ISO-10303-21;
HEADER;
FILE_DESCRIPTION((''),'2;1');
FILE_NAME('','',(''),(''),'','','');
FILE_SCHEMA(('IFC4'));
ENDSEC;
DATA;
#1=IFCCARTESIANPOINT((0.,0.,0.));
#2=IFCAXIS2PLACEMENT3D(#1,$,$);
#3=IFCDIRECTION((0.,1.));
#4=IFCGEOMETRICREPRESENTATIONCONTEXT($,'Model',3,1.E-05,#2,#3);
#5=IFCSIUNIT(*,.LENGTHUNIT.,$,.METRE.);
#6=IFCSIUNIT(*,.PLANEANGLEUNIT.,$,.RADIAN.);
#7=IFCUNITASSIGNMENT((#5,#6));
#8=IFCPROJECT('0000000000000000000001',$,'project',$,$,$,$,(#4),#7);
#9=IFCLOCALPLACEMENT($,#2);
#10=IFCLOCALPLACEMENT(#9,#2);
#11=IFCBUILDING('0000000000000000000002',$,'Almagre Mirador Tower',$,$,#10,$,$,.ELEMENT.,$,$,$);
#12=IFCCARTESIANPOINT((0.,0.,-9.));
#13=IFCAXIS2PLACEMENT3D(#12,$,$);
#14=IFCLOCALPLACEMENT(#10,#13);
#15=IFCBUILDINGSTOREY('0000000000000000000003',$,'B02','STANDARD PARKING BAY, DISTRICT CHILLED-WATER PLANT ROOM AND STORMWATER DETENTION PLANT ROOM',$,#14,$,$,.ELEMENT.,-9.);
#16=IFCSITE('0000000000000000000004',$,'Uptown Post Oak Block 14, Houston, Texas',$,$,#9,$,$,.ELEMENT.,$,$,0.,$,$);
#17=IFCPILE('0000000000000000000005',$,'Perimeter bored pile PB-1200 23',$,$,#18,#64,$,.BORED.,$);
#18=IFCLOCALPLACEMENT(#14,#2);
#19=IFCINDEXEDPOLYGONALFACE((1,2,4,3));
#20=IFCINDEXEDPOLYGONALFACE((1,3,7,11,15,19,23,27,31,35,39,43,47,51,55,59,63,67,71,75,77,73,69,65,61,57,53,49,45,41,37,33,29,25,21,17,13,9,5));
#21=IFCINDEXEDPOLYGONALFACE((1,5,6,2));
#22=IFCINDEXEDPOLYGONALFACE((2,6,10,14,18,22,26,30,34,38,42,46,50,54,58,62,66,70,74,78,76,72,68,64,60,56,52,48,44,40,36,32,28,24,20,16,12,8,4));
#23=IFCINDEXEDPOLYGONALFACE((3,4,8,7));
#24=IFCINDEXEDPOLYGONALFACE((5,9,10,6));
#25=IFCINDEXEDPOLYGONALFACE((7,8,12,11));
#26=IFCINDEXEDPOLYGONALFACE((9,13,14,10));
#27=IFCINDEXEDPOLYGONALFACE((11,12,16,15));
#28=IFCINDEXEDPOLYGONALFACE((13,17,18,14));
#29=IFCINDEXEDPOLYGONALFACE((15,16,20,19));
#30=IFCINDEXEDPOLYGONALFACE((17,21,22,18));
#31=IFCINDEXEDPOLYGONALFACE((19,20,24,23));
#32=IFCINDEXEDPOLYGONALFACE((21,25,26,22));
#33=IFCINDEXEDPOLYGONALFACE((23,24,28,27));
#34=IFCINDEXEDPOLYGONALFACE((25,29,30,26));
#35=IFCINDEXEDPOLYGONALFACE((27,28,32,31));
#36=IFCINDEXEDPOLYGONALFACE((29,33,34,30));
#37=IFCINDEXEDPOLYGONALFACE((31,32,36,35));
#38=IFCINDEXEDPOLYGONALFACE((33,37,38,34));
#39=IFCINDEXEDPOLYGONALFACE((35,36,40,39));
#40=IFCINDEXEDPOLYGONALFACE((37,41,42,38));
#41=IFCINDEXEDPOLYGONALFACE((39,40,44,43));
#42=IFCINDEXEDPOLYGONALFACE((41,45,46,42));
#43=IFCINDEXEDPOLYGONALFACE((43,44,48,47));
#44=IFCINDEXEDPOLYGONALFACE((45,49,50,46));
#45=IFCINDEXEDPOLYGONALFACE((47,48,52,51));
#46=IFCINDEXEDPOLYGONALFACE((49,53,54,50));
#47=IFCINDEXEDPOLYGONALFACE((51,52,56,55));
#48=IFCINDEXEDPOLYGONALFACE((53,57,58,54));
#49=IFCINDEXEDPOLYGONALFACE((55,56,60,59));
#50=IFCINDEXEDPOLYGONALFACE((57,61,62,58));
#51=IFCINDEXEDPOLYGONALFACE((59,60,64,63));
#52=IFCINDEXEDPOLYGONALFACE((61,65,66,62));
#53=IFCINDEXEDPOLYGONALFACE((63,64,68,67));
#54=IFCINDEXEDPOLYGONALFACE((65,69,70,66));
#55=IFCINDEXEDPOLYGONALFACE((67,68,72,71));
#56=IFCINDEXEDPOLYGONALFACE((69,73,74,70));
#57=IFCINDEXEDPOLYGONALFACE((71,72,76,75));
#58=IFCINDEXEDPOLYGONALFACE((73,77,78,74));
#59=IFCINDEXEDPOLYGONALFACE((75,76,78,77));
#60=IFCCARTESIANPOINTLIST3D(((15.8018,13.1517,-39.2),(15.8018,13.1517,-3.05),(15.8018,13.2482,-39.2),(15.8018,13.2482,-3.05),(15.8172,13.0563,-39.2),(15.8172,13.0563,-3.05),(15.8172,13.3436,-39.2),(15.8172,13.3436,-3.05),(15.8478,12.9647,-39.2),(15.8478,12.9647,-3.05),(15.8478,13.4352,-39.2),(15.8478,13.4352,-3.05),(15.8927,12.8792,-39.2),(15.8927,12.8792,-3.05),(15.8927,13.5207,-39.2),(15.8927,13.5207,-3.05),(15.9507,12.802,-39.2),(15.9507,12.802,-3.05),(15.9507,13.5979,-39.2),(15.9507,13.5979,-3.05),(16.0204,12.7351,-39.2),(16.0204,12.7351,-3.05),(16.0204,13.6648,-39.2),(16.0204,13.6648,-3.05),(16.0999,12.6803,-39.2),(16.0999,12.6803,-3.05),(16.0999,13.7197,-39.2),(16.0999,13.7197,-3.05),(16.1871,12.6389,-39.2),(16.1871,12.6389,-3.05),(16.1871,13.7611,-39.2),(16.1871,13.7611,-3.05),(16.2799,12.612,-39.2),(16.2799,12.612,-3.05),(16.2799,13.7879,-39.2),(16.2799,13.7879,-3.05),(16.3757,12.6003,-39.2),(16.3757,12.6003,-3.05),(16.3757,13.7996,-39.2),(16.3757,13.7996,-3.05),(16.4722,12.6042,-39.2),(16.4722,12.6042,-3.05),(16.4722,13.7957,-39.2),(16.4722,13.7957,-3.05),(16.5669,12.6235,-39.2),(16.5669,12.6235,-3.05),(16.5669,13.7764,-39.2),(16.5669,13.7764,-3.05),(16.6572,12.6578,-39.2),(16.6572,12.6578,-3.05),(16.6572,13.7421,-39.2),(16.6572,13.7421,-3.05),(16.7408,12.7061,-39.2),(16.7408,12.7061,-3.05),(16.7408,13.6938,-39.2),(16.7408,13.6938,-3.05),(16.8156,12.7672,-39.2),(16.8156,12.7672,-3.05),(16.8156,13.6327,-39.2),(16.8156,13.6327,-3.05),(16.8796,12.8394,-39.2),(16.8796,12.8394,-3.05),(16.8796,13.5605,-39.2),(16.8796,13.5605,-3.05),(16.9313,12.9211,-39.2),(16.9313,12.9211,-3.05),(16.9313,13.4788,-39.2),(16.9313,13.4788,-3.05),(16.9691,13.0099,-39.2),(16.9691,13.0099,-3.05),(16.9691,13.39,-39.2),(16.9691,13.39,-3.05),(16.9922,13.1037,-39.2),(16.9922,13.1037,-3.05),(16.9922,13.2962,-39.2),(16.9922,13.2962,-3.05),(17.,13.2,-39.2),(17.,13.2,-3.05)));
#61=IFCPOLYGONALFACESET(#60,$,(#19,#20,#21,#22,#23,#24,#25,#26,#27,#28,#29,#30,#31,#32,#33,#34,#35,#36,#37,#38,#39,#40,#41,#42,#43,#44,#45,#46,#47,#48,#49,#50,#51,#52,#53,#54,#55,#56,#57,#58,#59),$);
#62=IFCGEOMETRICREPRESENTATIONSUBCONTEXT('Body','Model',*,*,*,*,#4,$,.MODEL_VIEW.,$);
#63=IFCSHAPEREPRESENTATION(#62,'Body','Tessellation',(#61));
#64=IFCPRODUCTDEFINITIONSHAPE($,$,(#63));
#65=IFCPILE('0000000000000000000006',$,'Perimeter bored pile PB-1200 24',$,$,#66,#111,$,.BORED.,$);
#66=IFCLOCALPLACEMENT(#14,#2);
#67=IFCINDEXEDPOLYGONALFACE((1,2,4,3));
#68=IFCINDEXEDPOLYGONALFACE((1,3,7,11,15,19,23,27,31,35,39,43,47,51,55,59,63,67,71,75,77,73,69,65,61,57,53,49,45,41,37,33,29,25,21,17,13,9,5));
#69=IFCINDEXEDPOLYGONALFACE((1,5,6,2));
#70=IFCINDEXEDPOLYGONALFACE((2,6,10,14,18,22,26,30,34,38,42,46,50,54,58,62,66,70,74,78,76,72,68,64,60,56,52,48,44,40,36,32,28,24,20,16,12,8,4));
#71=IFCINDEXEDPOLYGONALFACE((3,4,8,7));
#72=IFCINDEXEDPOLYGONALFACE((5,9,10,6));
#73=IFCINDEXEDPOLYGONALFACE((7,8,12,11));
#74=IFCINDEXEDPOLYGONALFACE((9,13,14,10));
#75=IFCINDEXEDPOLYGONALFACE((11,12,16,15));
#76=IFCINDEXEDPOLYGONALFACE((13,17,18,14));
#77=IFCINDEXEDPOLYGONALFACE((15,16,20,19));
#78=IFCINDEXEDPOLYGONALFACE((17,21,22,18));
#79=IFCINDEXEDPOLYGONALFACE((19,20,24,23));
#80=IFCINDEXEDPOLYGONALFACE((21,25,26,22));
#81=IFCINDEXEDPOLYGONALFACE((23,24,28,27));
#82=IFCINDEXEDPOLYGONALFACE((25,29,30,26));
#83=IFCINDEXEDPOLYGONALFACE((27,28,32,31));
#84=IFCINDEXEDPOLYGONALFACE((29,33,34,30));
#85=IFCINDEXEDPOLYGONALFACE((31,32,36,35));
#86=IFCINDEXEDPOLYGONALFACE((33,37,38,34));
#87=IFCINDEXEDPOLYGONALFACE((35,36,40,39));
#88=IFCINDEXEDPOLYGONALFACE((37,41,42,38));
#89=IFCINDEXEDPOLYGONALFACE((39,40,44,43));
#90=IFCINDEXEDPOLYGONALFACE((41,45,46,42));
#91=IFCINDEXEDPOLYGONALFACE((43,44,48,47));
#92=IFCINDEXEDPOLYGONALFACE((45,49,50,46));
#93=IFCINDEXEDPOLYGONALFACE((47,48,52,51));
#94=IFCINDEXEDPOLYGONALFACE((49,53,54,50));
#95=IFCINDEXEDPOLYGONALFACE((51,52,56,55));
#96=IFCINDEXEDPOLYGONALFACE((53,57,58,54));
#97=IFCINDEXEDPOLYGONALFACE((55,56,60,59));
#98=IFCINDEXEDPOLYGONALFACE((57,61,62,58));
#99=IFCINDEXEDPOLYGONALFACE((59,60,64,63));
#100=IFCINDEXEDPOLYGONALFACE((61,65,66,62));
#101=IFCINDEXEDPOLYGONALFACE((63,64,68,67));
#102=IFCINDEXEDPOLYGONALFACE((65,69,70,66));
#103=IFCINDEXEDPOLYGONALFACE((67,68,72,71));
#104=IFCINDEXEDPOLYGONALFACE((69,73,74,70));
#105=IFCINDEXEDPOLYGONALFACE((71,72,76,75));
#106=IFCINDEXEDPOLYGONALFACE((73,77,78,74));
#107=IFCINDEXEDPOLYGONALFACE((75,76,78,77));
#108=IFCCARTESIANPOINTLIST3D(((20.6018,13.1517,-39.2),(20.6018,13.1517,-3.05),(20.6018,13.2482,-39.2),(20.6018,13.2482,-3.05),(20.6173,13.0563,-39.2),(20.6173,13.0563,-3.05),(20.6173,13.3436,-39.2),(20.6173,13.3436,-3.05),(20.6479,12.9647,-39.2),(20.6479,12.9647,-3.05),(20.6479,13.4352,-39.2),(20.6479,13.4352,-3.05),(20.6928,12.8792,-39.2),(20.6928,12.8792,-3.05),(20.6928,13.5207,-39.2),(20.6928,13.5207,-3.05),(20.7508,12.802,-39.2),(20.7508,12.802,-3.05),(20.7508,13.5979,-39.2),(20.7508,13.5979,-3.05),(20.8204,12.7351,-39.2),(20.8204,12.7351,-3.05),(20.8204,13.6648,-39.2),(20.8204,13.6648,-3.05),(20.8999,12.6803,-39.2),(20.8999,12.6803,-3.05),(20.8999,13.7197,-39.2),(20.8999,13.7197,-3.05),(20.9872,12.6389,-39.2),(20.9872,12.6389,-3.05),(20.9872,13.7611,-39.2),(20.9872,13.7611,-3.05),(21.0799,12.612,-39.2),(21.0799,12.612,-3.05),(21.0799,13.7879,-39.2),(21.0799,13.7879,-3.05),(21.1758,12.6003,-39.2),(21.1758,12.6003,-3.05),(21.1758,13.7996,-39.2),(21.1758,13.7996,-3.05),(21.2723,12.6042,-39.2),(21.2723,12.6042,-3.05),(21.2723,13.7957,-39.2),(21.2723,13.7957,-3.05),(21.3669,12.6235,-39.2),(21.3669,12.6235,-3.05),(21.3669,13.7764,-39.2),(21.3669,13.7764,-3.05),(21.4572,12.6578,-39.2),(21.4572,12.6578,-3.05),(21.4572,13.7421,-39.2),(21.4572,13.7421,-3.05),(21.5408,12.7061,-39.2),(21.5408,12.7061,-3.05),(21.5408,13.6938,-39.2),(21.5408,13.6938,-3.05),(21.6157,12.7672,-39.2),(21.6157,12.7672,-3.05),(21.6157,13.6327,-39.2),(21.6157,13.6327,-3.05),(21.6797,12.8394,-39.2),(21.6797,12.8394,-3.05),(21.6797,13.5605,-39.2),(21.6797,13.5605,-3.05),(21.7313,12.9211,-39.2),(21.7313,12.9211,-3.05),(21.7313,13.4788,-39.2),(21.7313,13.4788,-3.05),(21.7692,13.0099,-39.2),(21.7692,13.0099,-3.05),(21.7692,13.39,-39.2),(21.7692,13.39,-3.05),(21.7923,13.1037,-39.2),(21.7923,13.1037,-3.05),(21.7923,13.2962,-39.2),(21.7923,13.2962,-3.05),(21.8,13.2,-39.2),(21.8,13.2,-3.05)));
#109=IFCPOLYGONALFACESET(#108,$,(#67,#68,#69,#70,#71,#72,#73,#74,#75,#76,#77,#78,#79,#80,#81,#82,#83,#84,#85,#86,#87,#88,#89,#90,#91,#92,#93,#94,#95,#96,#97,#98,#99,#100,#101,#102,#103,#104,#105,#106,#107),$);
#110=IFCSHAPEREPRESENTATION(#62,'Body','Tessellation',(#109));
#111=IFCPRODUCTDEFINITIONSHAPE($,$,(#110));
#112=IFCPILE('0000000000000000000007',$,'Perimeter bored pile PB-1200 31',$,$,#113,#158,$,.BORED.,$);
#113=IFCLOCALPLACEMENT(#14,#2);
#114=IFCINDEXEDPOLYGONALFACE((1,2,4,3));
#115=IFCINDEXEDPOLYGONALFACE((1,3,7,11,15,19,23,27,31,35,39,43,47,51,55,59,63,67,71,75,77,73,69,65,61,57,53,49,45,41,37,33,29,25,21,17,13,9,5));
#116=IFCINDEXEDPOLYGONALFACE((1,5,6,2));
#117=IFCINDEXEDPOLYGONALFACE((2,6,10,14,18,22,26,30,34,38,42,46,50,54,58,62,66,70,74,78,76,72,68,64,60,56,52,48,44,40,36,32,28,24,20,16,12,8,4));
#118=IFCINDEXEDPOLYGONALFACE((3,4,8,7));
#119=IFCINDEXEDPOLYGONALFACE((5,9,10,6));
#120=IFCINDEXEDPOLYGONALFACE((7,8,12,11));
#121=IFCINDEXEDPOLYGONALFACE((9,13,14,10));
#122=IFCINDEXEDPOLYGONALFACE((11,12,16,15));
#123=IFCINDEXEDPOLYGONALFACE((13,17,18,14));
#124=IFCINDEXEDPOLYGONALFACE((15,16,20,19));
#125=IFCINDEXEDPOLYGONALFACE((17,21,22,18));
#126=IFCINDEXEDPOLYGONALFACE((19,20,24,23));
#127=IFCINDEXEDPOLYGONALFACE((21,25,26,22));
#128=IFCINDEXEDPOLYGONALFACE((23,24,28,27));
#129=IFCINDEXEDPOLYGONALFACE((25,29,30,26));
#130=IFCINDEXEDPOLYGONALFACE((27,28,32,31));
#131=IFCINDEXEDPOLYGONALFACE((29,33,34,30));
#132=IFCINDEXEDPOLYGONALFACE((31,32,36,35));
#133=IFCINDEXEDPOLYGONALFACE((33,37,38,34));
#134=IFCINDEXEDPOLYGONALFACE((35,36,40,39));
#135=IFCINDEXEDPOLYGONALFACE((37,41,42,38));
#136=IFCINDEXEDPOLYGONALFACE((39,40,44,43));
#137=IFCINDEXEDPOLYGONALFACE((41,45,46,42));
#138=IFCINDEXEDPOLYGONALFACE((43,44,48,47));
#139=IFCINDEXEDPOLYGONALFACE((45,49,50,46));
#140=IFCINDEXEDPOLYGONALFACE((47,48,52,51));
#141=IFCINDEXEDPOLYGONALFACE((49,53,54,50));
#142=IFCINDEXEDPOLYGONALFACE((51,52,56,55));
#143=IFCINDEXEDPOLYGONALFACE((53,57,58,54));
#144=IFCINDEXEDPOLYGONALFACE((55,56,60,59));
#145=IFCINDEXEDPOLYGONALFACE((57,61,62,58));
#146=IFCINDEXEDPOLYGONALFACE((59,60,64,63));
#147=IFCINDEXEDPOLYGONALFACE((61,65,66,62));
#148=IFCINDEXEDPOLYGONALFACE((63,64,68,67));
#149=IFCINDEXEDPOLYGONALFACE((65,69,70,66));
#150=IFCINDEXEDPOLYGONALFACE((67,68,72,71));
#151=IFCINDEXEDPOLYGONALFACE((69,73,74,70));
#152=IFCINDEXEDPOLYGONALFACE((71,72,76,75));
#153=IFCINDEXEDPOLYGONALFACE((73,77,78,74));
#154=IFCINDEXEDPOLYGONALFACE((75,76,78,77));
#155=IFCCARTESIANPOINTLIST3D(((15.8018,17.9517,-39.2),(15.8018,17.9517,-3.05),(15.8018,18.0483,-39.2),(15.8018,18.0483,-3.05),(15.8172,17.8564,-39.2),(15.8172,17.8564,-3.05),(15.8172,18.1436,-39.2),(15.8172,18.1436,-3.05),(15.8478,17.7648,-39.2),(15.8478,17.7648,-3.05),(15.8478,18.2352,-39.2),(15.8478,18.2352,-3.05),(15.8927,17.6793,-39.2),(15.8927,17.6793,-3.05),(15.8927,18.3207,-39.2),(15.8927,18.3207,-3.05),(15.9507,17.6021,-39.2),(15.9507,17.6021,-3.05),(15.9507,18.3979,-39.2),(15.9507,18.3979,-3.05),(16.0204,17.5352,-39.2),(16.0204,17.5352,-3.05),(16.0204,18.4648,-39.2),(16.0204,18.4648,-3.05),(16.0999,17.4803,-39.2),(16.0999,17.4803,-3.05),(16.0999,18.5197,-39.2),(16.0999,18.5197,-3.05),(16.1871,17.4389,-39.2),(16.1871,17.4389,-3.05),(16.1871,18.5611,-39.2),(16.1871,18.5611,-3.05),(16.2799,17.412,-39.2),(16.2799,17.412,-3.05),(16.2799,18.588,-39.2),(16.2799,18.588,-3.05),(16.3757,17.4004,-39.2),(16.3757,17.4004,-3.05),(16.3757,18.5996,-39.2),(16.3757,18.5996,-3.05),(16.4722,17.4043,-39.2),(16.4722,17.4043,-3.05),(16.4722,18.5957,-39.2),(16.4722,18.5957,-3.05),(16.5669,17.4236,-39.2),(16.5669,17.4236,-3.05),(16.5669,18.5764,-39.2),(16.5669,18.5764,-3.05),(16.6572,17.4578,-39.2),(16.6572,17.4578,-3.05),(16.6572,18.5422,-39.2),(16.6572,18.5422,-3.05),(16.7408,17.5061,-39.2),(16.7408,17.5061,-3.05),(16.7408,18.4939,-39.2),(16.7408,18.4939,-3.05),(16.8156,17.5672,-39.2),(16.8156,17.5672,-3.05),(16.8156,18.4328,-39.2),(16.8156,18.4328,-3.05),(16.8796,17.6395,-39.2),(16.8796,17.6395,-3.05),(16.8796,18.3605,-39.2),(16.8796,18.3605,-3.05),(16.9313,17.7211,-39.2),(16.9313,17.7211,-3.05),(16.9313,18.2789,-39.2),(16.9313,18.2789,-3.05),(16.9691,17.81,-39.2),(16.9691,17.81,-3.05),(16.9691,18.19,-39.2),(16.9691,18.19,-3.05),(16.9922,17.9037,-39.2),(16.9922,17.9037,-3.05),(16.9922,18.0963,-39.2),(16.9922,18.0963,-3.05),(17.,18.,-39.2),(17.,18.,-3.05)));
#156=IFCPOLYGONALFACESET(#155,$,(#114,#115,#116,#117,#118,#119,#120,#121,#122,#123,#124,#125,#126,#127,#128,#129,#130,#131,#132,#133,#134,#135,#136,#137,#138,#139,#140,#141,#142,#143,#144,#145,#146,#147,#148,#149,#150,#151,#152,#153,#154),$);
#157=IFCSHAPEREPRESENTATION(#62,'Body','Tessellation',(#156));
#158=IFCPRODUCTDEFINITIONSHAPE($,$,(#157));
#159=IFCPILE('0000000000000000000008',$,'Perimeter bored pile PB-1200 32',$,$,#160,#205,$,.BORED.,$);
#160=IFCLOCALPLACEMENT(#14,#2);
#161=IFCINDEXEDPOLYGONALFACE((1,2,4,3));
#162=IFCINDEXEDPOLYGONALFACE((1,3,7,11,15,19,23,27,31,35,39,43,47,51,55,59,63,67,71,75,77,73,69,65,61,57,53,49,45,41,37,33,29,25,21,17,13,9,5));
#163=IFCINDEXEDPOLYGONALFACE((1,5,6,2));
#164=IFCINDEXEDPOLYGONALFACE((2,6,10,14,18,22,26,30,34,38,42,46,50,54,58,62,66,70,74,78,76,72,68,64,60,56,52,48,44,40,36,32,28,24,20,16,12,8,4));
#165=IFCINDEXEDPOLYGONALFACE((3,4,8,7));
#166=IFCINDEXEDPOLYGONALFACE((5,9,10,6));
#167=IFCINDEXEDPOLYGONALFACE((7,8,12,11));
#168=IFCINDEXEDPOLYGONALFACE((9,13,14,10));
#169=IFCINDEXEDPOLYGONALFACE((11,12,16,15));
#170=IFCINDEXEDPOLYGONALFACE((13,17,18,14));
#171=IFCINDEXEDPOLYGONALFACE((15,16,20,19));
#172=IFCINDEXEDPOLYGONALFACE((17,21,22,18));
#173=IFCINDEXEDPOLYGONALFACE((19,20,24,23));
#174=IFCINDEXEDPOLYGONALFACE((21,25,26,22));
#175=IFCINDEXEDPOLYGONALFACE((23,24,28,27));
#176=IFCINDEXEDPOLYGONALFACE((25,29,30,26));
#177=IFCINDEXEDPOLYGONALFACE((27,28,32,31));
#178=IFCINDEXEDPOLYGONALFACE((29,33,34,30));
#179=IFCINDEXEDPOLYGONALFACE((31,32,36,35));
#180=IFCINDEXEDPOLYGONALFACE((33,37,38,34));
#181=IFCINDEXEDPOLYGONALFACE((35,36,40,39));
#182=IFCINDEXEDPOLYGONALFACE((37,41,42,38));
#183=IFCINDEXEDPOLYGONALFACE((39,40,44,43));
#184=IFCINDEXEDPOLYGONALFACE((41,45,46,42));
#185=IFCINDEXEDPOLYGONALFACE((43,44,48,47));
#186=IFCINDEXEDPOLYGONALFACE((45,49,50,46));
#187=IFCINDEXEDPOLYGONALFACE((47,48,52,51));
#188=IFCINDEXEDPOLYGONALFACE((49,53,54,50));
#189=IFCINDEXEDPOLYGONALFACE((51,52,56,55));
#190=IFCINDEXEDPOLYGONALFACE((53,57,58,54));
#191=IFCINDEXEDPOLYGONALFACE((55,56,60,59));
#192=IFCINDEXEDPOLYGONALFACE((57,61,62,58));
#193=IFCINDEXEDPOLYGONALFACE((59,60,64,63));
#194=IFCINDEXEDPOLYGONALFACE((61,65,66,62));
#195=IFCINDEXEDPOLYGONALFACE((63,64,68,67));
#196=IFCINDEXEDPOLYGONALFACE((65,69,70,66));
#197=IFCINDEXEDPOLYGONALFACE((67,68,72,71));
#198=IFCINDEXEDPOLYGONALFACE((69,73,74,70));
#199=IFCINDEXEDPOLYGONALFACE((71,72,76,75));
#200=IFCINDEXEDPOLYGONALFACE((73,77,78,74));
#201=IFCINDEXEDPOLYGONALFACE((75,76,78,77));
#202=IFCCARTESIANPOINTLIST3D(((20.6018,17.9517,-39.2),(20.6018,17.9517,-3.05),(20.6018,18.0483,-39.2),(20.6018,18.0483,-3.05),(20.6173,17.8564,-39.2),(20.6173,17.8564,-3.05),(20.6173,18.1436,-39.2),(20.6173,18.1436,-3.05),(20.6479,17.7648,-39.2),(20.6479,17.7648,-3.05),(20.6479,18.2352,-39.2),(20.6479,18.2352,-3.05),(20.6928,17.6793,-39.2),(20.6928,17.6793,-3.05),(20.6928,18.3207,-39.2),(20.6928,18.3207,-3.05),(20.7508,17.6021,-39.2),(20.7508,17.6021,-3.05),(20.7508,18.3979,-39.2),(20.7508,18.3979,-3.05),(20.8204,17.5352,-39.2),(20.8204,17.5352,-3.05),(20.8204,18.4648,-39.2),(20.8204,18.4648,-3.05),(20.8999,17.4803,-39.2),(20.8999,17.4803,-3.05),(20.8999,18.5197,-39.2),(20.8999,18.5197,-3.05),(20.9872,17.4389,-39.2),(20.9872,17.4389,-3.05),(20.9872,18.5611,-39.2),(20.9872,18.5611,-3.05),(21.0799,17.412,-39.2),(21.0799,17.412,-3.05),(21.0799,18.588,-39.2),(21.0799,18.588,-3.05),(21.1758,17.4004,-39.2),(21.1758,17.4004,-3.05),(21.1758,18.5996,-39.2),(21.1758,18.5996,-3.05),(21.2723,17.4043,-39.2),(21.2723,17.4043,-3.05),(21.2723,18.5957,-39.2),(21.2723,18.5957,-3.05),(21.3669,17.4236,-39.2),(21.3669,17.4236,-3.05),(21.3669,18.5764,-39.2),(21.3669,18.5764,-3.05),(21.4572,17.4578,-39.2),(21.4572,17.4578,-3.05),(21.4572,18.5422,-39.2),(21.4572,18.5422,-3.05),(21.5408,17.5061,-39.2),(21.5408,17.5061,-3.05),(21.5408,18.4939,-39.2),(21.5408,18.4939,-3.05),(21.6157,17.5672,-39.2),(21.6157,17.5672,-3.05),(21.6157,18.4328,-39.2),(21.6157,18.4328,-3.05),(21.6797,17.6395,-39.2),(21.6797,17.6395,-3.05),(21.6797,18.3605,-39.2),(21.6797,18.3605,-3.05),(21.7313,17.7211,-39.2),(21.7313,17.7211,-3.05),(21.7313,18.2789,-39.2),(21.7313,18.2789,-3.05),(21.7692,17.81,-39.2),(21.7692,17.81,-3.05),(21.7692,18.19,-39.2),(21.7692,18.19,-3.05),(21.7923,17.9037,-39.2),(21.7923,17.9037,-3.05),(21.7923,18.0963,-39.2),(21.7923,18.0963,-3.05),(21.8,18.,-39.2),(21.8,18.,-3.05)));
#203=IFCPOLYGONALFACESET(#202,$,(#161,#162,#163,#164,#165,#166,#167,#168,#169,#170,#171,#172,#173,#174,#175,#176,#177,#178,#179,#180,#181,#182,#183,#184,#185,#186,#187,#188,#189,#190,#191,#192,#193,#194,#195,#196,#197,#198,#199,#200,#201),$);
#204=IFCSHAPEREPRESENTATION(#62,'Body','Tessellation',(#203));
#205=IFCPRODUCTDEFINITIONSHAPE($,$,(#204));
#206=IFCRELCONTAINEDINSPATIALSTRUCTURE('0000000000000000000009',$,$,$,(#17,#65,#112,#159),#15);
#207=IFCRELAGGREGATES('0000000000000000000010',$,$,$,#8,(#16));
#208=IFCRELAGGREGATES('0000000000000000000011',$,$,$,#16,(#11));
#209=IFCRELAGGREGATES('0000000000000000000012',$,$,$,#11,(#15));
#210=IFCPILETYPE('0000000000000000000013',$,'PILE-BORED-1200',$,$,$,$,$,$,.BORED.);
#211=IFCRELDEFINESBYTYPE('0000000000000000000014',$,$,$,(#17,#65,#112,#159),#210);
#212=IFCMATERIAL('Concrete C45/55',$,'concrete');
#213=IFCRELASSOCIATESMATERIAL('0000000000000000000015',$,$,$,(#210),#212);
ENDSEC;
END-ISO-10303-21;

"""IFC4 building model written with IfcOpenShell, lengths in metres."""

from ifc_helpers import new_model, si_unit, direction, frame, origin, origin_2d, place, context, subcontext, project, spatial, circle, extrude, material, material_profile, profile_set, type_object, element, save


model = new_model("IFC4")

# Units and contexts
model_context = context("Model", 3, precision=1e-05, world=origin(), true_north=direction((0.0, 1.0)))
body_context = subcontext(model_context, "Body", "Model", "MODEL_VIEW")
ifc_project = project(units=[si_unit("LENGTHUNIT", "METRE"), si_unit("PLANEANGLEUNIT", "RADIAN")], contexts=[model_context])

# Site, building, storey
site_placement = place(None, origin())
site = spatial("IfcSite", under=ifc_project, at=site_placement, Name="Uptown Post Oak Block 14, Houston, Texas", CompositionType="ELEMENT", RefElevation=0.0)
building_placement = place(site_placement, origin())
building = spatial("IfcBuilding", under=site, at=building_placement, Name="Almagre Mirador Tower", CompositionType="ELEMENT")
storey_placement = place(building_placement, frame((0.0, 0.0, -9.0)))
storey = spatial("IfcBuildingStorey", under=building, at=storey_placement, Name="B02", Description="STANDARD PARKING BAY, DISTRICT CHILLED-WATER PLANT ROOM AND STORMWATER DETENTION PLANT ROOM", CompositionType="ELEMENT", Elevation=-9.0)

# Piles
ifc_material_1 = material(Name="Concrete C45/55", Category="concrete")
ifc_material_profile_1 = material_profile(ifc_material_1, circle(Radius=0.6001, at=origin_2d()), Name="PILE1200D")
ifc_profile_set_1 = profile_set([ifc_material_profile_1], Name="Concrete C45/55")
pile_type = type_object("IfcPileType", Name="PILE-BORED-1200", PredefinedType="BORED", material=ifc_profile_set_1)
for number, where, z_axis, x_axis, name in (
    (1, (16.3999, 13.2, -3.05), (0.0, 0.0, -1.0), (1.0, 0.0, 0.0), "Perimeter bored pile PB-1200 23"),
    (2, (21.2, 13.2, -3.05), (0.0, 0.0, -1.0), (1.0, 0.0, 0.0), "Perimeter bored pile PB-1200 24"),
    (3, (16.3999, 18.0, -3.05), (0.0, 0.0, -1.0), (1.0, 0.0, 0.0), "Perimeter bored pile PB-1200 31"),
    (4, (21.2, 18.0, -3.05), (0.0, 0.0, -1.0), (1.0, 0.0, 0.0), "Perimeter bored pile PB-1200 32"),
):
    element("IfcPile", number, at=place(storey_placement, frame(where, z_axis=z_axis, x_axis=x_axis)), inside=storey, type_object=pile_type, Name=name, PredefinedType="BORED", context=body_context, shape_type="SweptSolid", body=[
        extrude(circle(Radius=0.6001, at=origin_2d()), origin(), (0.0, 0.0, 1.0), 36.1499),
    ])

save(model, "model.ifc")
